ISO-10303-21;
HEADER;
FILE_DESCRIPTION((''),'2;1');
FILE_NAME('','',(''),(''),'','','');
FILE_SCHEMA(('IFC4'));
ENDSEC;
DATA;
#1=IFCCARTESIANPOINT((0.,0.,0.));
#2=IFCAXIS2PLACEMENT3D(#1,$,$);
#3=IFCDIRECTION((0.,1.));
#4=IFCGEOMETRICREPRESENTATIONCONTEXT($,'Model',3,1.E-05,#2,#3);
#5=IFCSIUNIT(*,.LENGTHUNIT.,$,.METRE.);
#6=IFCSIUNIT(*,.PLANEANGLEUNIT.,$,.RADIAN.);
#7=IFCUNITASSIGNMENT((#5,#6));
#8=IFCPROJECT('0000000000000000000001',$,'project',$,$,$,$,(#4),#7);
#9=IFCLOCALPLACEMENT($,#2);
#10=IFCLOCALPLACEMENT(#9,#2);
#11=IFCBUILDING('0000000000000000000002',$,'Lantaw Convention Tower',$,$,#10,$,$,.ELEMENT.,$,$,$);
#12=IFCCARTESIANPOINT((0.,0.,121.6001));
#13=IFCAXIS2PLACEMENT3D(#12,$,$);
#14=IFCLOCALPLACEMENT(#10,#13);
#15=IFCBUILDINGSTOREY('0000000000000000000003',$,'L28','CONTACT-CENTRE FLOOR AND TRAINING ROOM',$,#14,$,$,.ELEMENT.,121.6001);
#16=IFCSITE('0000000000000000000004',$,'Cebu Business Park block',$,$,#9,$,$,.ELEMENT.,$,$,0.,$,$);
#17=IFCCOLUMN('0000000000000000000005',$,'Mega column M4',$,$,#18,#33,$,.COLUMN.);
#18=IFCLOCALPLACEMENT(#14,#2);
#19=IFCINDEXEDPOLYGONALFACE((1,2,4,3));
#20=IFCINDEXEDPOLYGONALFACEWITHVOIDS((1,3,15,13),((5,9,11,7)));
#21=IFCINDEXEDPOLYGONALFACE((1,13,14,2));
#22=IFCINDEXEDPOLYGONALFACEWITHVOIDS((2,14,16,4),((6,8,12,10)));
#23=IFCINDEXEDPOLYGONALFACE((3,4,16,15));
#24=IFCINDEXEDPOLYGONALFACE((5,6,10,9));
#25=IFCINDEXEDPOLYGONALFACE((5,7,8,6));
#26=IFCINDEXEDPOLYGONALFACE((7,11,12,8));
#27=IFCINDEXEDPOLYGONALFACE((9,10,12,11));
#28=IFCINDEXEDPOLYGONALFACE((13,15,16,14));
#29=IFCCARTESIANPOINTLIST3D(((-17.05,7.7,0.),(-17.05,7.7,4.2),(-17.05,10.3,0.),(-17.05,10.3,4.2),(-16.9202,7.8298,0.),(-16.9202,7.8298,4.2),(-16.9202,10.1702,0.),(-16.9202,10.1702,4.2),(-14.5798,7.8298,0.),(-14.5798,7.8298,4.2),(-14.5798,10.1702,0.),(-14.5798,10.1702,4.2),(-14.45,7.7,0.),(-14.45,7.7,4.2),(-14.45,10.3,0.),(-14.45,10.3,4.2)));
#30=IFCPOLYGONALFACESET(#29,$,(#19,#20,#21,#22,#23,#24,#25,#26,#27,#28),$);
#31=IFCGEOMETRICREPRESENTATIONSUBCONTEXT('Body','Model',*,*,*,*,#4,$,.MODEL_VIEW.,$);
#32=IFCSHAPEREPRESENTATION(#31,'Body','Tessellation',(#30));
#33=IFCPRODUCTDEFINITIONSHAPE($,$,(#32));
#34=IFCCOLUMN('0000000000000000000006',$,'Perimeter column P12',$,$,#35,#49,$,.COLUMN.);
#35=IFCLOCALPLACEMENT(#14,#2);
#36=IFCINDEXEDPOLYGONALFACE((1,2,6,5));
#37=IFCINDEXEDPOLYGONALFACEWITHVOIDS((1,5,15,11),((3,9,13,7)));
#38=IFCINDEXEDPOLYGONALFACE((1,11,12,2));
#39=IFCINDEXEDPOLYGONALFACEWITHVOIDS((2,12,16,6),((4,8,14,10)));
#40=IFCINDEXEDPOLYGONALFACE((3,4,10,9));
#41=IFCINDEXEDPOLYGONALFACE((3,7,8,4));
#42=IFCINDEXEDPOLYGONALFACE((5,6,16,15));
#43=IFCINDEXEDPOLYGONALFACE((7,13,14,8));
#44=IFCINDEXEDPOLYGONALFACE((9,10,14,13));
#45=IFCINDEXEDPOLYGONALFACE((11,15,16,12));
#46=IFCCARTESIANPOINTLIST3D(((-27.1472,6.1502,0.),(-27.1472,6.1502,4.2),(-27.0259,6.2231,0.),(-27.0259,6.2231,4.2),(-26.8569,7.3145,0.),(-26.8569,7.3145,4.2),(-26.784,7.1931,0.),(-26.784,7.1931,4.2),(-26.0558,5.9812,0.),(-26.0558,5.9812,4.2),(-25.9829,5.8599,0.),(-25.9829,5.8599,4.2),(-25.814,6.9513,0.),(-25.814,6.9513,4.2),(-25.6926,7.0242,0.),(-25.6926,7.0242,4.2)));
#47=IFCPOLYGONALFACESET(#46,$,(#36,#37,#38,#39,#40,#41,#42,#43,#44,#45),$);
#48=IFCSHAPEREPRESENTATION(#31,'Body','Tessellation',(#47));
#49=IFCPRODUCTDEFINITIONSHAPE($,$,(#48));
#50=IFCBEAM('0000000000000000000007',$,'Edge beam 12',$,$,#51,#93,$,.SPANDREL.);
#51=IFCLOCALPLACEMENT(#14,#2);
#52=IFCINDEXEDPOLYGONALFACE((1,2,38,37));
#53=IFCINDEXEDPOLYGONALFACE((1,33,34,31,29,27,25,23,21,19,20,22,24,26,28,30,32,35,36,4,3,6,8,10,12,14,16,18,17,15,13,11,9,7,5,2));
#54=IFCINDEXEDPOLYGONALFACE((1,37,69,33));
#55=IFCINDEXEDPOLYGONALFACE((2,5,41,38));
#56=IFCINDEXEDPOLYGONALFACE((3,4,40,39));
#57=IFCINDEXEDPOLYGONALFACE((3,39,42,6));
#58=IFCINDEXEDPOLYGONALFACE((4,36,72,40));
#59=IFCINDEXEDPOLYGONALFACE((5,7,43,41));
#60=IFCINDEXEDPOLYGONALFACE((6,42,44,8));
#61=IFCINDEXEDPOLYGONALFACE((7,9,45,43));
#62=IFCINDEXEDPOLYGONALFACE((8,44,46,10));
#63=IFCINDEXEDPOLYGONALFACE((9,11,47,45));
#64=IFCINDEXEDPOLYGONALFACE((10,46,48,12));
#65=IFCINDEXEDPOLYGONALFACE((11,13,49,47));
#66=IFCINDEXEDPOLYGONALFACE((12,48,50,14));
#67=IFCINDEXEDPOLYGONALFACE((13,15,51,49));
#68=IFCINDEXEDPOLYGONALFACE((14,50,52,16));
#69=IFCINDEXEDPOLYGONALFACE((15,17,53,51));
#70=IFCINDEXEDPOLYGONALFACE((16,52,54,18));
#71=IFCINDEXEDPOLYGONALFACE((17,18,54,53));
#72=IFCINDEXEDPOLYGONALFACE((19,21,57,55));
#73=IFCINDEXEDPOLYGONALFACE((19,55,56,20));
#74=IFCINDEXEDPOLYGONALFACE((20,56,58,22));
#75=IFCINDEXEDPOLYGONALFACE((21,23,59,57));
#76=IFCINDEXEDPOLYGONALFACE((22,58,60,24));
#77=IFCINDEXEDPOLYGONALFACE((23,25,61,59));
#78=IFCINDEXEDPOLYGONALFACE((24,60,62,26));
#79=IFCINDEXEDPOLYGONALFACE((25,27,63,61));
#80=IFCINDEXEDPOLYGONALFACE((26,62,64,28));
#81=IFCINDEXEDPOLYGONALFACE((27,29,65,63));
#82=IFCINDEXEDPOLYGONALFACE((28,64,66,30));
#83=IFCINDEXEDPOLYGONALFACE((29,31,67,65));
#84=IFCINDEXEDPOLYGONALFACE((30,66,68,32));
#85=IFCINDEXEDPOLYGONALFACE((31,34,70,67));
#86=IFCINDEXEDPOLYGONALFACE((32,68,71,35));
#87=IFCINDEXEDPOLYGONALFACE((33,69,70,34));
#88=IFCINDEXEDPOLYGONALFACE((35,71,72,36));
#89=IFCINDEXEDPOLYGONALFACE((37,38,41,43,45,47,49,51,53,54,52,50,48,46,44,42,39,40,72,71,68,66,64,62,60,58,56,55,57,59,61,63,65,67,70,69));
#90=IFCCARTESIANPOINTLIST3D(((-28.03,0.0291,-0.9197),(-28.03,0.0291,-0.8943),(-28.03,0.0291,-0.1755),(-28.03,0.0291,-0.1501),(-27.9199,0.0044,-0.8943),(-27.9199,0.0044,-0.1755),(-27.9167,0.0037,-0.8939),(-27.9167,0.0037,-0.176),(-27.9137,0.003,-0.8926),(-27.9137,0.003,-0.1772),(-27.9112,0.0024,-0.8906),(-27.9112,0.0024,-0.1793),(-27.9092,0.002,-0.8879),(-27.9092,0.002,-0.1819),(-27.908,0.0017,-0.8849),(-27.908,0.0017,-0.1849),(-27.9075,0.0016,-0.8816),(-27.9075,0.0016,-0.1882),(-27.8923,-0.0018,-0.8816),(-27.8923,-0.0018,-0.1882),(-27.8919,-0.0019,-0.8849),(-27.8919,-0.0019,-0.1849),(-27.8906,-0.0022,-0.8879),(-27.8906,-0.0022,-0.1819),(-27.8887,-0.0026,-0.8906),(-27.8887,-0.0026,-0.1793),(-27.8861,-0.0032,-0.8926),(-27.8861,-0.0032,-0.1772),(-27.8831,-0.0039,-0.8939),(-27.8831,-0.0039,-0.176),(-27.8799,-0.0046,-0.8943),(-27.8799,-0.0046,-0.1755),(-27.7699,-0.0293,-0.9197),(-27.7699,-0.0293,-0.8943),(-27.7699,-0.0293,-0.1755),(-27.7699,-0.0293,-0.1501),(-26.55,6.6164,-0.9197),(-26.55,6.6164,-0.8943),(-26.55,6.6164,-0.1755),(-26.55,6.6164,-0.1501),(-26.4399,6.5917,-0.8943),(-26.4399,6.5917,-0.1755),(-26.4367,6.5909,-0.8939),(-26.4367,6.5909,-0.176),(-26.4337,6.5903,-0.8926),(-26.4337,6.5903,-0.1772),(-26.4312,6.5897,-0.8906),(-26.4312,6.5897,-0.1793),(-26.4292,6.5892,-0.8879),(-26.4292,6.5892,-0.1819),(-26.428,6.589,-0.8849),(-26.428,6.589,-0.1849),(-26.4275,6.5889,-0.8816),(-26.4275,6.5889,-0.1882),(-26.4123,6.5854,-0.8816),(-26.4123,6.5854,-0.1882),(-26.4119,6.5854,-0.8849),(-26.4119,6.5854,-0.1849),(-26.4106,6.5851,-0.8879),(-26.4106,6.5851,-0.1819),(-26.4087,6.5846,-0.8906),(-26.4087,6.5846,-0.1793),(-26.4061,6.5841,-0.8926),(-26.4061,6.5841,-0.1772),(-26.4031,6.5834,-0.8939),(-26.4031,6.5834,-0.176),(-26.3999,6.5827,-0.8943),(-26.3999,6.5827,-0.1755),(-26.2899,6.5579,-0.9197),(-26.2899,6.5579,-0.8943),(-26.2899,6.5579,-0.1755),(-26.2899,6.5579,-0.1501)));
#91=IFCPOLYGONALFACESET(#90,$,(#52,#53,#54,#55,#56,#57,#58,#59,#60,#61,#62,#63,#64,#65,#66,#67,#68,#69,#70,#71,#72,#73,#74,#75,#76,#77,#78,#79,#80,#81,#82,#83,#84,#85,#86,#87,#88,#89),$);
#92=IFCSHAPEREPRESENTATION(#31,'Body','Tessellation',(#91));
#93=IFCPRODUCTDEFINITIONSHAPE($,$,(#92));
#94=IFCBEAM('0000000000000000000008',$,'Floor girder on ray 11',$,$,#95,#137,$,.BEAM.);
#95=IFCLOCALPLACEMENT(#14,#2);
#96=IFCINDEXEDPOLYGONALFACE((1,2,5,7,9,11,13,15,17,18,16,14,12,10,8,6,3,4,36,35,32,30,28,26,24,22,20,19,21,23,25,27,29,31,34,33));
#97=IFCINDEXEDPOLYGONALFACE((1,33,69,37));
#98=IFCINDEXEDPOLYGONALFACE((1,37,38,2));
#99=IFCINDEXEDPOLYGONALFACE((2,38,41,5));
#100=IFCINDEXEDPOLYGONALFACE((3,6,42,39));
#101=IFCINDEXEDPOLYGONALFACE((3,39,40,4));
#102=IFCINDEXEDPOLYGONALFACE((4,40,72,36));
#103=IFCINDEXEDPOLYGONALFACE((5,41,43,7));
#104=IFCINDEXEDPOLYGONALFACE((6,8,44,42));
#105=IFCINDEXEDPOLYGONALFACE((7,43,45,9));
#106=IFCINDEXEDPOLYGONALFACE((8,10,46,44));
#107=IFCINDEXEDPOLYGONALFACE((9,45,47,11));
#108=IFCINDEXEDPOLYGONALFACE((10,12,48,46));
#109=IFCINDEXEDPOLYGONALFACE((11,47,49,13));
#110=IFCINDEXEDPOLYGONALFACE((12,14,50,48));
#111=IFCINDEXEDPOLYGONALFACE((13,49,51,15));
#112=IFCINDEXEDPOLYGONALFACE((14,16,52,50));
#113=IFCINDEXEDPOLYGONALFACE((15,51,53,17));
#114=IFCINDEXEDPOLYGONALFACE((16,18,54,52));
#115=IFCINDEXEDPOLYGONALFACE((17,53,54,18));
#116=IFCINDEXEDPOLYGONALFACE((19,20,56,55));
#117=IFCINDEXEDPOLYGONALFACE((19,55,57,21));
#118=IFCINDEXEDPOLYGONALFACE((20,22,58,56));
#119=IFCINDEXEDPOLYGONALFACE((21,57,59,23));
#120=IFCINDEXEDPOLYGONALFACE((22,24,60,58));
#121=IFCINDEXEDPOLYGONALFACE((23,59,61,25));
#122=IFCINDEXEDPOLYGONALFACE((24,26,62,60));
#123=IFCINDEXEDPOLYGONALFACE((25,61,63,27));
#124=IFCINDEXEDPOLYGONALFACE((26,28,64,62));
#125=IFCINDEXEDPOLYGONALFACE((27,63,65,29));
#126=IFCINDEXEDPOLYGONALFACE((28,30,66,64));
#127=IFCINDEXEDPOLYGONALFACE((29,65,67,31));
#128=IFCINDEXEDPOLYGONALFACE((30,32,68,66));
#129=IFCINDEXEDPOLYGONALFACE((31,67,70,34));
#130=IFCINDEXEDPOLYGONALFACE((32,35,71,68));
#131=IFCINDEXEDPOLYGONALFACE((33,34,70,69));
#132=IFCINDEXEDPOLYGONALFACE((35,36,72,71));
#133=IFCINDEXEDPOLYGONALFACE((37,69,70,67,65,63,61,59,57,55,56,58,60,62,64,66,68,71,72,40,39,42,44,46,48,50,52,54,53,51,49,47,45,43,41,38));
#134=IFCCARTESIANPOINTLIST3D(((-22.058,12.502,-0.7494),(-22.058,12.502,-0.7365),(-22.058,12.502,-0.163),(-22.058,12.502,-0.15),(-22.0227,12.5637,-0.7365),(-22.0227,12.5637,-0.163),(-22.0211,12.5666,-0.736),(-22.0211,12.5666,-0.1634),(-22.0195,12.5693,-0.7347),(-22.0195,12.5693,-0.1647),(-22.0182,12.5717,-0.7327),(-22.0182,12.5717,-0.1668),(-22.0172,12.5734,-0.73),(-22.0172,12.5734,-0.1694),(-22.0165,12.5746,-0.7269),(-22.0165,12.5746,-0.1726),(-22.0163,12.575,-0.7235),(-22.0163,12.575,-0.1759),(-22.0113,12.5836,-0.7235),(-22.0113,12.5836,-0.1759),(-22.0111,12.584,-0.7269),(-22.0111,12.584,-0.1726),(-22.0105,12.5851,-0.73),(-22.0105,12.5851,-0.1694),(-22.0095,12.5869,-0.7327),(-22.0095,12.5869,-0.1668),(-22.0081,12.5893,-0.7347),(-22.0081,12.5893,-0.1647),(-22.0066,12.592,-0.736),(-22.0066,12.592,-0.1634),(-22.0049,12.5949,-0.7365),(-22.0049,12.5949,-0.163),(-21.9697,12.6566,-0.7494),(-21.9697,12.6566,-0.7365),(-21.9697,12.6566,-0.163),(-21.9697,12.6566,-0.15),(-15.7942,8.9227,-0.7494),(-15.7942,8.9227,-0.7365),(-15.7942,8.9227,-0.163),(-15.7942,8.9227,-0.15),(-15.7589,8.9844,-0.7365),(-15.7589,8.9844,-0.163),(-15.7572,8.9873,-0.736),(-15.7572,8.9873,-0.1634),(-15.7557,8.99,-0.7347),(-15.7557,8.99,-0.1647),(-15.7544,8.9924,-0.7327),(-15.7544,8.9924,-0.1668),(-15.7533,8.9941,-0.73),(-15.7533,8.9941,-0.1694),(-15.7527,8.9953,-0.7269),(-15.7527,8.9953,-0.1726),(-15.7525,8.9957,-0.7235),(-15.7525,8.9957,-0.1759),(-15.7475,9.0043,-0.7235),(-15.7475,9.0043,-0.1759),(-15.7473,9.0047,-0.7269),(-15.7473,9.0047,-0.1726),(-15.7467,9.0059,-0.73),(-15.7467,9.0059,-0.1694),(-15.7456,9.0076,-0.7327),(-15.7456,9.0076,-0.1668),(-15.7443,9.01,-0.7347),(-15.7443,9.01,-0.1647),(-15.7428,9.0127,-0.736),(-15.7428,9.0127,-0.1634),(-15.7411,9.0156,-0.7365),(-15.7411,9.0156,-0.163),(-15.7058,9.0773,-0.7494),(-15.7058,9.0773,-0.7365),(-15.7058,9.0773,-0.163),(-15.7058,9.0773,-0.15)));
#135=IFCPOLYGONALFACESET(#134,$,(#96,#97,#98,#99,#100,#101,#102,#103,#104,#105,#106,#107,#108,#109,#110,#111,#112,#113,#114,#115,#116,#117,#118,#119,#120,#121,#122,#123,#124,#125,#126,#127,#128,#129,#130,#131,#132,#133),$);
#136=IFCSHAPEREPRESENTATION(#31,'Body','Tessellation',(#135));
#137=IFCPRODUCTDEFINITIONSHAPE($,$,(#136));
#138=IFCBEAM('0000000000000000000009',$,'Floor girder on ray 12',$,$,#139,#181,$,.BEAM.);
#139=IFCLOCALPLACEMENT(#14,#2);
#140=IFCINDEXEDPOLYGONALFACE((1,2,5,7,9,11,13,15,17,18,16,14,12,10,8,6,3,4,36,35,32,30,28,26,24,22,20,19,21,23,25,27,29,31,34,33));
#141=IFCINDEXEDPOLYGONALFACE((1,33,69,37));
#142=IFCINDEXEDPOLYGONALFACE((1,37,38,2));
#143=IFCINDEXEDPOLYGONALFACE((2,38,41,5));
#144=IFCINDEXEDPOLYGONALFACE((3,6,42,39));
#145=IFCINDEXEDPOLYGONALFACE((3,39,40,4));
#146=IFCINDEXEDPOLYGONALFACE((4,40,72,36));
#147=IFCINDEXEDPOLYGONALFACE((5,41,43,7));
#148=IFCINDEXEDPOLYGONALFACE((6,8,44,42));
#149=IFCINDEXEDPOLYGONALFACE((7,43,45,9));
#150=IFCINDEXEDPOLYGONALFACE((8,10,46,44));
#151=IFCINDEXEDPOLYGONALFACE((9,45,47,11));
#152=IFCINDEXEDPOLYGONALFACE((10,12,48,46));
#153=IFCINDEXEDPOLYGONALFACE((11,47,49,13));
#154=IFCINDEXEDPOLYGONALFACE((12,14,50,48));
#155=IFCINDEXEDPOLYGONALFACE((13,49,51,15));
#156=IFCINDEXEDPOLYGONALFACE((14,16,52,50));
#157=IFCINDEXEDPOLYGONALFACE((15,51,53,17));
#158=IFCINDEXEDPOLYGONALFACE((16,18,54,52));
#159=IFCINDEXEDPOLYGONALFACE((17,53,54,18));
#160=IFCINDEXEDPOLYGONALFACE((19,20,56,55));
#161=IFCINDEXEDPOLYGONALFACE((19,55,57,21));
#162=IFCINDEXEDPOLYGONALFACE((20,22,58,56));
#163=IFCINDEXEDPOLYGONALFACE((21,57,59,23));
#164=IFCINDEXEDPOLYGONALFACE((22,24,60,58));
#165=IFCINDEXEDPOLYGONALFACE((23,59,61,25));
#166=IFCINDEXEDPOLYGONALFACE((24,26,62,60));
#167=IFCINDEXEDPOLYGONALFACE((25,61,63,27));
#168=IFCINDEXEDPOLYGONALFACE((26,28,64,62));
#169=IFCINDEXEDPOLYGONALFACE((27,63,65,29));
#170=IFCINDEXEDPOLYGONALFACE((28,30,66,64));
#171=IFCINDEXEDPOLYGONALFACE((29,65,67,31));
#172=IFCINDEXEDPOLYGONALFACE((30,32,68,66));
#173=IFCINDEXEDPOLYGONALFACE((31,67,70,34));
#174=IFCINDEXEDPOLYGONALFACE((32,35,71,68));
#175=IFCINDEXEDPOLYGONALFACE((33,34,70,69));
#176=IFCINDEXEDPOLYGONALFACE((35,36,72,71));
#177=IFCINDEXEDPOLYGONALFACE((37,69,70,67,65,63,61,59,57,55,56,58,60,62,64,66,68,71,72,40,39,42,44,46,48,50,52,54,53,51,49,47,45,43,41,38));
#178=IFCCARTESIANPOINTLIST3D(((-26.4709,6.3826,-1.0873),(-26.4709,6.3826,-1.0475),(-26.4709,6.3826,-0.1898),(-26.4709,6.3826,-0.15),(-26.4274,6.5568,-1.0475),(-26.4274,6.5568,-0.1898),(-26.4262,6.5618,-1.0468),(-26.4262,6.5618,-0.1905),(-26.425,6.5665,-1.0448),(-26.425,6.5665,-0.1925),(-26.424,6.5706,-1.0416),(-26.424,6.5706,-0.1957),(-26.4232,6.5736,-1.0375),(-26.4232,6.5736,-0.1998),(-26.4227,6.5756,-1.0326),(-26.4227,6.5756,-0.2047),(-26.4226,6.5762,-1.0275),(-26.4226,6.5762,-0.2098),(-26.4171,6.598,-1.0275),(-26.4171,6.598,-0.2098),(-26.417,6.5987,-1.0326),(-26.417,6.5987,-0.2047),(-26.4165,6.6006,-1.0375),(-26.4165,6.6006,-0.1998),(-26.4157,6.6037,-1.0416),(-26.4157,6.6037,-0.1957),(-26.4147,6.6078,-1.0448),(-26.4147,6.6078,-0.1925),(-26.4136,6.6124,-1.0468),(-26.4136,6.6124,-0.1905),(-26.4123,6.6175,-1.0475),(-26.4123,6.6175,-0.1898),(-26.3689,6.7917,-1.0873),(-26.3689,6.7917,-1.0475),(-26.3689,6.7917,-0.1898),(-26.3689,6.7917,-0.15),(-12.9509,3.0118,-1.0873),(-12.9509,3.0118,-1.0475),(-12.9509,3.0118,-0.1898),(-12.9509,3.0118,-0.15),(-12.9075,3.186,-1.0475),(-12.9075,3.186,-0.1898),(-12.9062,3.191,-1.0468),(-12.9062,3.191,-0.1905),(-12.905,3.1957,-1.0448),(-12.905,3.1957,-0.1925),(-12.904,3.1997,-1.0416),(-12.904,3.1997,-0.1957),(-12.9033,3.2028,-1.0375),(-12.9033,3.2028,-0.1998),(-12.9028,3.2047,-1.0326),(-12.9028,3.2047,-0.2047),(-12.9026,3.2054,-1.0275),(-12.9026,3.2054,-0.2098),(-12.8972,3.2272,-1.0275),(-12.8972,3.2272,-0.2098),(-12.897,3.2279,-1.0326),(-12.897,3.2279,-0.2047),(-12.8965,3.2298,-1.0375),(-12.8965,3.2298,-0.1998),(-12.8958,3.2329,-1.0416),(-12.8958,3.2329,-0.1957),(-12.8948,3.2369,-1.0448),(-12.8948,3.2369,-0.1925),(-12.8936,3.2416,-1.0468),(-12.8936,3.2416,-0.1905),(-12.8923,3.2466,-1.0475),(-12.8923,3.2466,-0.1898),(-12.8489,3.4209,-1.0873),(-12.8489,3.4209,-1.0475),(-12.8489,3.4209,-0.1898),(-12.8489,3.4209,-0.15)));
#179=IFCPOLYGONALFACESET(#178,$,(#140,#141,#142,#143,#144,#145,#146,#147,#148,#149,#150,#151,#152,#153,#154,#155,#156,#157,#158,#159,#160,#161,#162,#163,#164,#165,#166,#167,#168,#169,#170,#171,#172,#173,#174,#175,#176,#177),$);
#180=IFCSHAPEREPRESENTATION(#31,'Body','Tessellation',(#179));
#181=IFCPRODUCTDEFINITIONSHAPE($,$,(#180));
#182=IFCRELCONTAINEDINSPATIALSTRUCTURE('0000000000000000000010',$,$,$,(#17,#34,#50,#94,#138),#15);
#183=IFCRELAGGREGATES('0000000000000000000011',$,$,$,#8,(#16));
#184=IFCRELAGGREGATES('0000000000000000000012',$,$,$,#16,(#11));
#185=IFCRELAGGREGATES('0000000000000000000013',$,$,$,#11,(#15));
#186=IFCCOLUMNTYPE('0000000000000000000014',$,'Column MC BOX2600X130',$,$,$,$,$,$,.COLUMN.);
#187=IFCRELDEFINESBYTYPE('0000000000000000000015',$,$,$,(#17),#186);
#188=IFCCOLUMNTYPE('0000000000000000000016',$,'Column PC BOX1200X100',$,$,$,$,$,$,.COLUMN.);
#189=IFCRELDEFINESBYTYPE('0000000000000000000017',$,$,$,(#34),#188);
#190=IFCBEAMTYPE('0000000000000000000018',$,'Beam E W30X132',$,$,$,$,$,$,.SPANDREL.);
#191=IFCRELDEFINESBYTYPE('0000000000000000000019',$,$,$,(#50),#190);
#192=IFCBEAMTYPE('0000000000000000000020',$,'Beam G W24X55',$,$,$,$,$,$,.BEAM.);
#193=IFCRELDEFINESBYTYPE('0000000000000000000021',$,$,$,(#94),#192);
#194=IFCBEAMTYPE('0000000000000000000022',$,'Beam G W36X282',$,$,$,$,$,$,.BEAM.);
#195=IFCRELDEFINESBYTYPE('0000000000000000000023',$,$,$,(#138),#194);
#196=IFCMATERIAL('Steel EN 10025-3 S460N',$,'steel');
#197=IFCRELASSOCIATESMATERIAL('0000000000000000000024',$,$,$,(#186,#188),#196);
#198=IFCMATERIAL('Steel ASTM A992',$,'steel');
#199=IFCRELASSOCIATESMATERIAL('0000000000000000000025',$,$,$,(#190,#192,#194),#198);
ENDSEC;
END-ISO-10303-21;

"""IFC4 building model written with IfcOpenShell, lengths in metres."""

from ifc_helpers import new_model, si_unit, direction, frame, origin, origin_2d, place, context, subcontext, project, spatial, rectangle, hollow_rectangle, i_section, extrude, material, material_profile, profile_set, type_object, element, save


model = new_model("IFC4")

# Units and contexts
model_context = context("Model", 3, precision=1e-05, world=origin(), true_north=direction((0.0, 1.0)))
body_context = subcontext(model_context, "Body", "Model", "MODEL_VIEW")
ifc_project = project(units=[si_unit("LENGTHUNIT", "METRE"), si_unit("PLANEANGLEUNIT", "RADIAN")], contexts=[model_context])

# Site, building, storey
site_placement = place(None, origin())
site = spatial("IfcSite", under=ifc_project, at=site_placement, Name="Cebu Business Park block", CompositionType="ELEMENT", RefElevation=0.0)
building_placement = place(site_placement, origin())
building = spatial("IfcBuilding", under=site, at=building_placement, Name="Lantaw Convention Tower", CompositionType="ELEMENT")
storey_placement = place(building_placement, frame((0.0, 0.0, 121.6001)))
storey = spatial("IfcBuildingStorey", under=building, at=storey_placement, Name="L28", Description="CONTACT-CENTRE FLOOR AND TRAINING ROOM", CompositionType="ELEMENT", Elevation=121.6001)

# Columns
ifc_material_1 = material(Name="Steel EN 10025-3 S460N", Category="steel")
ifc_material_profile_1 = material_profile(ifc_material_1, hollow_rectangle(XDim=2.6001, YDim=2.6001, WallThickness=0.1299, at=origin_2d()), Name="BOX2600X130")
ifc_material_2 = material(Name="Concrete C60/75", Category="concrete")
ifc_material_profile_2 = material_profile(ifc_material_2, rectangle(XDim=2.3401, YDim=2.3401, at=origin_2d()), Name="Concrete fill of BOX2600X130")
ifc_profile_set_1 = profile_set([ifc_material_profile_1, ifc_material_profile_2], Name="Steel EN 10025-3 S460N")
column_type_1 = type_object("IfcColumnType", Name="Column MC BOX2600X130", PredefinedType="COLUMN", material=ifc_profile_set_1)
column_1_placement = place(storey_placement, frame((-15.75, 9.0, 0.0), z_axis=(0.0, 0.0, 1.0), x_axis=(1.0, 0.0, 0.0)))
element("IfcColumn", 1, at=column_1_placement, inside=storey, type_object=column_type_1, Name="Mega column M4", PredefinedType="COLUMN", context=body_context, shape_type="SweptSolid", body=[
    extrude(hollow_rectangle(XDim=2.6001, YDim=2.6001, WallThickness=0.1299, at=origin_2d()), origin(), (0.0, 0.0, 1.0), 4.2),
])
ifc_material_profile_3 = material_profile(ifc_material_1, hollow_rectangle(XDim=1.2, YDim=1.2, WallThickness=0.1001, at=origin_2d()), Name="BOX1200X100")
ifc_material_profile_4 = material_profile(ifc_material_2, rectangle(XDim=1.0, YDim=1.0, at=origin_2d()), Name="Concrete fill of BOX1200X100")
ifc_profile_set_2 = profile_set([ifc_material_profile_3, ifc_material_profile_4], Name="Steel EN 10025-3 S460N")
column_type_2 = type_object("IfcColumnType", Name="Column PC BOX1200X100", PredefinedType="COLUMN", material=ifc_profile_set_2)
column_2_placement = place(storey_placement, frame((-26.4199, 6.5872, 0.0), z_axis=(0.0, 0.0, 1.0), x_axis=(0.241922, 0.970296, 0.0)))
element("IfcColumn", 2, at=column_2_placement, inside=storey, type_object=column_type_2, Name="Perimeter column P12", PredefinedType="COLUMN", context=body_context, shape_type="SweptSolid", body=[
    extrude(hollow_rectangle(XDim=1.2, YDim=1.2, WallThickness=0.1001, at=origin_2d()), origin(), (0.0, 0.0, 1.0), 4.2),
])

# Beams
ifc_material_3 = material(Name="Steel ASTM A992", Category="steel")
ifc_material_profile_5 = material_profile(ifc_material_3, i_section(OverallWidth=0.2666, OverallDepth=0.7695, WebThickness=0.0156, FlangeThickness=0.0254, FilletRadius=0.0127, at=origin_2d()), Name="W30X132")
ifc_profile_set_3 = profile_set([ifc_material_profile_5], Name="Steel ASTM A992")
beam_type_1 = type_object("IfcBeamType", Name="Beam E W30X132", PredefinedType="SPANDREL", material=ifc_profile_set_3)
beam_1_placement = place(storey_placement, frame((-26.4199, 6.5872, -0.5349), z_axis=(-0.219212, -0.975677, 0.0), x_axis=(0.975677, -0.219212, 0.0)))
element("IfcBeam", 3, at=beam_1_placement, inside=storey, type_object=beam_type_1, Name="Edge beam 12", PredefinedType="SPANDREL", context=body_context, shape_type="SweptSolid", body=[
    extrude(i_section(OverallWidth=0.2666, OverallDepth=0.7695, WebThickness=0.0156, FlangeThickness=0.0254, FilletRadius=0.0127, at=origin_2d()), origin(), (0.0, 0.0, 1.0), 6.7515),
])
ifc_material_profile_6 = material_profile(ifc_material_3, i_section(OverallWidth=0.178, OverallDepth=0.5994, WebThickness=0.01, FlangeThickness=0.0129, FilletRadius=0.0129, at=origin_2d()), Name="W24X55")
ifc_profile_set_4 = profile_set([ifc_material_profile_6], Name="Steel ASTM A992")
beam_type_2 = type_object("IfcBeamType", Name="Beam G W24X55", PredefinedType="BEAM", material=ifc_profile_set_4)
beam_2_placement = place(storey_placement, frame((-15.75, 9.0, -0.4497), z_axis=(-0.868245, 0.496135, 0.0), x_axis=(-0.496135, -0.868245, 0.0)))
element("IfcBeam", 4, at=beam_2_placement, inside=storey, type_object=beam_type_2, Name="Floor girder on ray 11", PredefinedType="BEAM", context=body_context, shape_type="SweptSolid", body=[
    extrude(i_section(OverallWidth=0.178, OverallDepth=0.5994, WebThickness=0.01, FlangeThickness=0.0129, FilletRadius=0.0129, at=origin_2d()), origin(), (0.0, 0.0, 1.0), 7.2144),
])
ifc_material_profile_7 = material_profile(ifc_material_3, i_section(OverallWidth=0.4216, OverallDepth=0.9373, WebThickness=0.0225, FlangeThickness=0.0398, FilletRadius=0.02, at=origin_2d()), Name="W36X282")
ifc_profile_set_5 = profile_set([ifc_material_profile_7], Name="Steel ASTM A992")
beam_type_3 = type_object("IfcBeamType", Name="Beam G W36X282", PredefinedType="BEAM", material=ifc_profile_set_5)
beam_3_placement = place(storey_placement, frame((-12.8999, 3.2163, -0.6187), z_axis=(-0.970297, 0.241917, 0.0), x_axis=(-0.241917, -0.970297, 0.0)))
element("IfcBeam", 5, at=beam_3_placement, inside=storey, type_object=beam_type_3, Name="Floor girder on ray 12", PredefinedType="BEAM", context=body_context, shape_type="SweptSolid", body=[
    extrude(i_section(OverallWidth=0.4216, OverallDepth=0.9373, WebThickness=0.0225, FlangeThickness=0.0398, FilletRadius=0.02, at=origin_2d()), origin(), (0.0, 0.0, 1.0), 13.9338),
])

save(model, "model.ifc")
